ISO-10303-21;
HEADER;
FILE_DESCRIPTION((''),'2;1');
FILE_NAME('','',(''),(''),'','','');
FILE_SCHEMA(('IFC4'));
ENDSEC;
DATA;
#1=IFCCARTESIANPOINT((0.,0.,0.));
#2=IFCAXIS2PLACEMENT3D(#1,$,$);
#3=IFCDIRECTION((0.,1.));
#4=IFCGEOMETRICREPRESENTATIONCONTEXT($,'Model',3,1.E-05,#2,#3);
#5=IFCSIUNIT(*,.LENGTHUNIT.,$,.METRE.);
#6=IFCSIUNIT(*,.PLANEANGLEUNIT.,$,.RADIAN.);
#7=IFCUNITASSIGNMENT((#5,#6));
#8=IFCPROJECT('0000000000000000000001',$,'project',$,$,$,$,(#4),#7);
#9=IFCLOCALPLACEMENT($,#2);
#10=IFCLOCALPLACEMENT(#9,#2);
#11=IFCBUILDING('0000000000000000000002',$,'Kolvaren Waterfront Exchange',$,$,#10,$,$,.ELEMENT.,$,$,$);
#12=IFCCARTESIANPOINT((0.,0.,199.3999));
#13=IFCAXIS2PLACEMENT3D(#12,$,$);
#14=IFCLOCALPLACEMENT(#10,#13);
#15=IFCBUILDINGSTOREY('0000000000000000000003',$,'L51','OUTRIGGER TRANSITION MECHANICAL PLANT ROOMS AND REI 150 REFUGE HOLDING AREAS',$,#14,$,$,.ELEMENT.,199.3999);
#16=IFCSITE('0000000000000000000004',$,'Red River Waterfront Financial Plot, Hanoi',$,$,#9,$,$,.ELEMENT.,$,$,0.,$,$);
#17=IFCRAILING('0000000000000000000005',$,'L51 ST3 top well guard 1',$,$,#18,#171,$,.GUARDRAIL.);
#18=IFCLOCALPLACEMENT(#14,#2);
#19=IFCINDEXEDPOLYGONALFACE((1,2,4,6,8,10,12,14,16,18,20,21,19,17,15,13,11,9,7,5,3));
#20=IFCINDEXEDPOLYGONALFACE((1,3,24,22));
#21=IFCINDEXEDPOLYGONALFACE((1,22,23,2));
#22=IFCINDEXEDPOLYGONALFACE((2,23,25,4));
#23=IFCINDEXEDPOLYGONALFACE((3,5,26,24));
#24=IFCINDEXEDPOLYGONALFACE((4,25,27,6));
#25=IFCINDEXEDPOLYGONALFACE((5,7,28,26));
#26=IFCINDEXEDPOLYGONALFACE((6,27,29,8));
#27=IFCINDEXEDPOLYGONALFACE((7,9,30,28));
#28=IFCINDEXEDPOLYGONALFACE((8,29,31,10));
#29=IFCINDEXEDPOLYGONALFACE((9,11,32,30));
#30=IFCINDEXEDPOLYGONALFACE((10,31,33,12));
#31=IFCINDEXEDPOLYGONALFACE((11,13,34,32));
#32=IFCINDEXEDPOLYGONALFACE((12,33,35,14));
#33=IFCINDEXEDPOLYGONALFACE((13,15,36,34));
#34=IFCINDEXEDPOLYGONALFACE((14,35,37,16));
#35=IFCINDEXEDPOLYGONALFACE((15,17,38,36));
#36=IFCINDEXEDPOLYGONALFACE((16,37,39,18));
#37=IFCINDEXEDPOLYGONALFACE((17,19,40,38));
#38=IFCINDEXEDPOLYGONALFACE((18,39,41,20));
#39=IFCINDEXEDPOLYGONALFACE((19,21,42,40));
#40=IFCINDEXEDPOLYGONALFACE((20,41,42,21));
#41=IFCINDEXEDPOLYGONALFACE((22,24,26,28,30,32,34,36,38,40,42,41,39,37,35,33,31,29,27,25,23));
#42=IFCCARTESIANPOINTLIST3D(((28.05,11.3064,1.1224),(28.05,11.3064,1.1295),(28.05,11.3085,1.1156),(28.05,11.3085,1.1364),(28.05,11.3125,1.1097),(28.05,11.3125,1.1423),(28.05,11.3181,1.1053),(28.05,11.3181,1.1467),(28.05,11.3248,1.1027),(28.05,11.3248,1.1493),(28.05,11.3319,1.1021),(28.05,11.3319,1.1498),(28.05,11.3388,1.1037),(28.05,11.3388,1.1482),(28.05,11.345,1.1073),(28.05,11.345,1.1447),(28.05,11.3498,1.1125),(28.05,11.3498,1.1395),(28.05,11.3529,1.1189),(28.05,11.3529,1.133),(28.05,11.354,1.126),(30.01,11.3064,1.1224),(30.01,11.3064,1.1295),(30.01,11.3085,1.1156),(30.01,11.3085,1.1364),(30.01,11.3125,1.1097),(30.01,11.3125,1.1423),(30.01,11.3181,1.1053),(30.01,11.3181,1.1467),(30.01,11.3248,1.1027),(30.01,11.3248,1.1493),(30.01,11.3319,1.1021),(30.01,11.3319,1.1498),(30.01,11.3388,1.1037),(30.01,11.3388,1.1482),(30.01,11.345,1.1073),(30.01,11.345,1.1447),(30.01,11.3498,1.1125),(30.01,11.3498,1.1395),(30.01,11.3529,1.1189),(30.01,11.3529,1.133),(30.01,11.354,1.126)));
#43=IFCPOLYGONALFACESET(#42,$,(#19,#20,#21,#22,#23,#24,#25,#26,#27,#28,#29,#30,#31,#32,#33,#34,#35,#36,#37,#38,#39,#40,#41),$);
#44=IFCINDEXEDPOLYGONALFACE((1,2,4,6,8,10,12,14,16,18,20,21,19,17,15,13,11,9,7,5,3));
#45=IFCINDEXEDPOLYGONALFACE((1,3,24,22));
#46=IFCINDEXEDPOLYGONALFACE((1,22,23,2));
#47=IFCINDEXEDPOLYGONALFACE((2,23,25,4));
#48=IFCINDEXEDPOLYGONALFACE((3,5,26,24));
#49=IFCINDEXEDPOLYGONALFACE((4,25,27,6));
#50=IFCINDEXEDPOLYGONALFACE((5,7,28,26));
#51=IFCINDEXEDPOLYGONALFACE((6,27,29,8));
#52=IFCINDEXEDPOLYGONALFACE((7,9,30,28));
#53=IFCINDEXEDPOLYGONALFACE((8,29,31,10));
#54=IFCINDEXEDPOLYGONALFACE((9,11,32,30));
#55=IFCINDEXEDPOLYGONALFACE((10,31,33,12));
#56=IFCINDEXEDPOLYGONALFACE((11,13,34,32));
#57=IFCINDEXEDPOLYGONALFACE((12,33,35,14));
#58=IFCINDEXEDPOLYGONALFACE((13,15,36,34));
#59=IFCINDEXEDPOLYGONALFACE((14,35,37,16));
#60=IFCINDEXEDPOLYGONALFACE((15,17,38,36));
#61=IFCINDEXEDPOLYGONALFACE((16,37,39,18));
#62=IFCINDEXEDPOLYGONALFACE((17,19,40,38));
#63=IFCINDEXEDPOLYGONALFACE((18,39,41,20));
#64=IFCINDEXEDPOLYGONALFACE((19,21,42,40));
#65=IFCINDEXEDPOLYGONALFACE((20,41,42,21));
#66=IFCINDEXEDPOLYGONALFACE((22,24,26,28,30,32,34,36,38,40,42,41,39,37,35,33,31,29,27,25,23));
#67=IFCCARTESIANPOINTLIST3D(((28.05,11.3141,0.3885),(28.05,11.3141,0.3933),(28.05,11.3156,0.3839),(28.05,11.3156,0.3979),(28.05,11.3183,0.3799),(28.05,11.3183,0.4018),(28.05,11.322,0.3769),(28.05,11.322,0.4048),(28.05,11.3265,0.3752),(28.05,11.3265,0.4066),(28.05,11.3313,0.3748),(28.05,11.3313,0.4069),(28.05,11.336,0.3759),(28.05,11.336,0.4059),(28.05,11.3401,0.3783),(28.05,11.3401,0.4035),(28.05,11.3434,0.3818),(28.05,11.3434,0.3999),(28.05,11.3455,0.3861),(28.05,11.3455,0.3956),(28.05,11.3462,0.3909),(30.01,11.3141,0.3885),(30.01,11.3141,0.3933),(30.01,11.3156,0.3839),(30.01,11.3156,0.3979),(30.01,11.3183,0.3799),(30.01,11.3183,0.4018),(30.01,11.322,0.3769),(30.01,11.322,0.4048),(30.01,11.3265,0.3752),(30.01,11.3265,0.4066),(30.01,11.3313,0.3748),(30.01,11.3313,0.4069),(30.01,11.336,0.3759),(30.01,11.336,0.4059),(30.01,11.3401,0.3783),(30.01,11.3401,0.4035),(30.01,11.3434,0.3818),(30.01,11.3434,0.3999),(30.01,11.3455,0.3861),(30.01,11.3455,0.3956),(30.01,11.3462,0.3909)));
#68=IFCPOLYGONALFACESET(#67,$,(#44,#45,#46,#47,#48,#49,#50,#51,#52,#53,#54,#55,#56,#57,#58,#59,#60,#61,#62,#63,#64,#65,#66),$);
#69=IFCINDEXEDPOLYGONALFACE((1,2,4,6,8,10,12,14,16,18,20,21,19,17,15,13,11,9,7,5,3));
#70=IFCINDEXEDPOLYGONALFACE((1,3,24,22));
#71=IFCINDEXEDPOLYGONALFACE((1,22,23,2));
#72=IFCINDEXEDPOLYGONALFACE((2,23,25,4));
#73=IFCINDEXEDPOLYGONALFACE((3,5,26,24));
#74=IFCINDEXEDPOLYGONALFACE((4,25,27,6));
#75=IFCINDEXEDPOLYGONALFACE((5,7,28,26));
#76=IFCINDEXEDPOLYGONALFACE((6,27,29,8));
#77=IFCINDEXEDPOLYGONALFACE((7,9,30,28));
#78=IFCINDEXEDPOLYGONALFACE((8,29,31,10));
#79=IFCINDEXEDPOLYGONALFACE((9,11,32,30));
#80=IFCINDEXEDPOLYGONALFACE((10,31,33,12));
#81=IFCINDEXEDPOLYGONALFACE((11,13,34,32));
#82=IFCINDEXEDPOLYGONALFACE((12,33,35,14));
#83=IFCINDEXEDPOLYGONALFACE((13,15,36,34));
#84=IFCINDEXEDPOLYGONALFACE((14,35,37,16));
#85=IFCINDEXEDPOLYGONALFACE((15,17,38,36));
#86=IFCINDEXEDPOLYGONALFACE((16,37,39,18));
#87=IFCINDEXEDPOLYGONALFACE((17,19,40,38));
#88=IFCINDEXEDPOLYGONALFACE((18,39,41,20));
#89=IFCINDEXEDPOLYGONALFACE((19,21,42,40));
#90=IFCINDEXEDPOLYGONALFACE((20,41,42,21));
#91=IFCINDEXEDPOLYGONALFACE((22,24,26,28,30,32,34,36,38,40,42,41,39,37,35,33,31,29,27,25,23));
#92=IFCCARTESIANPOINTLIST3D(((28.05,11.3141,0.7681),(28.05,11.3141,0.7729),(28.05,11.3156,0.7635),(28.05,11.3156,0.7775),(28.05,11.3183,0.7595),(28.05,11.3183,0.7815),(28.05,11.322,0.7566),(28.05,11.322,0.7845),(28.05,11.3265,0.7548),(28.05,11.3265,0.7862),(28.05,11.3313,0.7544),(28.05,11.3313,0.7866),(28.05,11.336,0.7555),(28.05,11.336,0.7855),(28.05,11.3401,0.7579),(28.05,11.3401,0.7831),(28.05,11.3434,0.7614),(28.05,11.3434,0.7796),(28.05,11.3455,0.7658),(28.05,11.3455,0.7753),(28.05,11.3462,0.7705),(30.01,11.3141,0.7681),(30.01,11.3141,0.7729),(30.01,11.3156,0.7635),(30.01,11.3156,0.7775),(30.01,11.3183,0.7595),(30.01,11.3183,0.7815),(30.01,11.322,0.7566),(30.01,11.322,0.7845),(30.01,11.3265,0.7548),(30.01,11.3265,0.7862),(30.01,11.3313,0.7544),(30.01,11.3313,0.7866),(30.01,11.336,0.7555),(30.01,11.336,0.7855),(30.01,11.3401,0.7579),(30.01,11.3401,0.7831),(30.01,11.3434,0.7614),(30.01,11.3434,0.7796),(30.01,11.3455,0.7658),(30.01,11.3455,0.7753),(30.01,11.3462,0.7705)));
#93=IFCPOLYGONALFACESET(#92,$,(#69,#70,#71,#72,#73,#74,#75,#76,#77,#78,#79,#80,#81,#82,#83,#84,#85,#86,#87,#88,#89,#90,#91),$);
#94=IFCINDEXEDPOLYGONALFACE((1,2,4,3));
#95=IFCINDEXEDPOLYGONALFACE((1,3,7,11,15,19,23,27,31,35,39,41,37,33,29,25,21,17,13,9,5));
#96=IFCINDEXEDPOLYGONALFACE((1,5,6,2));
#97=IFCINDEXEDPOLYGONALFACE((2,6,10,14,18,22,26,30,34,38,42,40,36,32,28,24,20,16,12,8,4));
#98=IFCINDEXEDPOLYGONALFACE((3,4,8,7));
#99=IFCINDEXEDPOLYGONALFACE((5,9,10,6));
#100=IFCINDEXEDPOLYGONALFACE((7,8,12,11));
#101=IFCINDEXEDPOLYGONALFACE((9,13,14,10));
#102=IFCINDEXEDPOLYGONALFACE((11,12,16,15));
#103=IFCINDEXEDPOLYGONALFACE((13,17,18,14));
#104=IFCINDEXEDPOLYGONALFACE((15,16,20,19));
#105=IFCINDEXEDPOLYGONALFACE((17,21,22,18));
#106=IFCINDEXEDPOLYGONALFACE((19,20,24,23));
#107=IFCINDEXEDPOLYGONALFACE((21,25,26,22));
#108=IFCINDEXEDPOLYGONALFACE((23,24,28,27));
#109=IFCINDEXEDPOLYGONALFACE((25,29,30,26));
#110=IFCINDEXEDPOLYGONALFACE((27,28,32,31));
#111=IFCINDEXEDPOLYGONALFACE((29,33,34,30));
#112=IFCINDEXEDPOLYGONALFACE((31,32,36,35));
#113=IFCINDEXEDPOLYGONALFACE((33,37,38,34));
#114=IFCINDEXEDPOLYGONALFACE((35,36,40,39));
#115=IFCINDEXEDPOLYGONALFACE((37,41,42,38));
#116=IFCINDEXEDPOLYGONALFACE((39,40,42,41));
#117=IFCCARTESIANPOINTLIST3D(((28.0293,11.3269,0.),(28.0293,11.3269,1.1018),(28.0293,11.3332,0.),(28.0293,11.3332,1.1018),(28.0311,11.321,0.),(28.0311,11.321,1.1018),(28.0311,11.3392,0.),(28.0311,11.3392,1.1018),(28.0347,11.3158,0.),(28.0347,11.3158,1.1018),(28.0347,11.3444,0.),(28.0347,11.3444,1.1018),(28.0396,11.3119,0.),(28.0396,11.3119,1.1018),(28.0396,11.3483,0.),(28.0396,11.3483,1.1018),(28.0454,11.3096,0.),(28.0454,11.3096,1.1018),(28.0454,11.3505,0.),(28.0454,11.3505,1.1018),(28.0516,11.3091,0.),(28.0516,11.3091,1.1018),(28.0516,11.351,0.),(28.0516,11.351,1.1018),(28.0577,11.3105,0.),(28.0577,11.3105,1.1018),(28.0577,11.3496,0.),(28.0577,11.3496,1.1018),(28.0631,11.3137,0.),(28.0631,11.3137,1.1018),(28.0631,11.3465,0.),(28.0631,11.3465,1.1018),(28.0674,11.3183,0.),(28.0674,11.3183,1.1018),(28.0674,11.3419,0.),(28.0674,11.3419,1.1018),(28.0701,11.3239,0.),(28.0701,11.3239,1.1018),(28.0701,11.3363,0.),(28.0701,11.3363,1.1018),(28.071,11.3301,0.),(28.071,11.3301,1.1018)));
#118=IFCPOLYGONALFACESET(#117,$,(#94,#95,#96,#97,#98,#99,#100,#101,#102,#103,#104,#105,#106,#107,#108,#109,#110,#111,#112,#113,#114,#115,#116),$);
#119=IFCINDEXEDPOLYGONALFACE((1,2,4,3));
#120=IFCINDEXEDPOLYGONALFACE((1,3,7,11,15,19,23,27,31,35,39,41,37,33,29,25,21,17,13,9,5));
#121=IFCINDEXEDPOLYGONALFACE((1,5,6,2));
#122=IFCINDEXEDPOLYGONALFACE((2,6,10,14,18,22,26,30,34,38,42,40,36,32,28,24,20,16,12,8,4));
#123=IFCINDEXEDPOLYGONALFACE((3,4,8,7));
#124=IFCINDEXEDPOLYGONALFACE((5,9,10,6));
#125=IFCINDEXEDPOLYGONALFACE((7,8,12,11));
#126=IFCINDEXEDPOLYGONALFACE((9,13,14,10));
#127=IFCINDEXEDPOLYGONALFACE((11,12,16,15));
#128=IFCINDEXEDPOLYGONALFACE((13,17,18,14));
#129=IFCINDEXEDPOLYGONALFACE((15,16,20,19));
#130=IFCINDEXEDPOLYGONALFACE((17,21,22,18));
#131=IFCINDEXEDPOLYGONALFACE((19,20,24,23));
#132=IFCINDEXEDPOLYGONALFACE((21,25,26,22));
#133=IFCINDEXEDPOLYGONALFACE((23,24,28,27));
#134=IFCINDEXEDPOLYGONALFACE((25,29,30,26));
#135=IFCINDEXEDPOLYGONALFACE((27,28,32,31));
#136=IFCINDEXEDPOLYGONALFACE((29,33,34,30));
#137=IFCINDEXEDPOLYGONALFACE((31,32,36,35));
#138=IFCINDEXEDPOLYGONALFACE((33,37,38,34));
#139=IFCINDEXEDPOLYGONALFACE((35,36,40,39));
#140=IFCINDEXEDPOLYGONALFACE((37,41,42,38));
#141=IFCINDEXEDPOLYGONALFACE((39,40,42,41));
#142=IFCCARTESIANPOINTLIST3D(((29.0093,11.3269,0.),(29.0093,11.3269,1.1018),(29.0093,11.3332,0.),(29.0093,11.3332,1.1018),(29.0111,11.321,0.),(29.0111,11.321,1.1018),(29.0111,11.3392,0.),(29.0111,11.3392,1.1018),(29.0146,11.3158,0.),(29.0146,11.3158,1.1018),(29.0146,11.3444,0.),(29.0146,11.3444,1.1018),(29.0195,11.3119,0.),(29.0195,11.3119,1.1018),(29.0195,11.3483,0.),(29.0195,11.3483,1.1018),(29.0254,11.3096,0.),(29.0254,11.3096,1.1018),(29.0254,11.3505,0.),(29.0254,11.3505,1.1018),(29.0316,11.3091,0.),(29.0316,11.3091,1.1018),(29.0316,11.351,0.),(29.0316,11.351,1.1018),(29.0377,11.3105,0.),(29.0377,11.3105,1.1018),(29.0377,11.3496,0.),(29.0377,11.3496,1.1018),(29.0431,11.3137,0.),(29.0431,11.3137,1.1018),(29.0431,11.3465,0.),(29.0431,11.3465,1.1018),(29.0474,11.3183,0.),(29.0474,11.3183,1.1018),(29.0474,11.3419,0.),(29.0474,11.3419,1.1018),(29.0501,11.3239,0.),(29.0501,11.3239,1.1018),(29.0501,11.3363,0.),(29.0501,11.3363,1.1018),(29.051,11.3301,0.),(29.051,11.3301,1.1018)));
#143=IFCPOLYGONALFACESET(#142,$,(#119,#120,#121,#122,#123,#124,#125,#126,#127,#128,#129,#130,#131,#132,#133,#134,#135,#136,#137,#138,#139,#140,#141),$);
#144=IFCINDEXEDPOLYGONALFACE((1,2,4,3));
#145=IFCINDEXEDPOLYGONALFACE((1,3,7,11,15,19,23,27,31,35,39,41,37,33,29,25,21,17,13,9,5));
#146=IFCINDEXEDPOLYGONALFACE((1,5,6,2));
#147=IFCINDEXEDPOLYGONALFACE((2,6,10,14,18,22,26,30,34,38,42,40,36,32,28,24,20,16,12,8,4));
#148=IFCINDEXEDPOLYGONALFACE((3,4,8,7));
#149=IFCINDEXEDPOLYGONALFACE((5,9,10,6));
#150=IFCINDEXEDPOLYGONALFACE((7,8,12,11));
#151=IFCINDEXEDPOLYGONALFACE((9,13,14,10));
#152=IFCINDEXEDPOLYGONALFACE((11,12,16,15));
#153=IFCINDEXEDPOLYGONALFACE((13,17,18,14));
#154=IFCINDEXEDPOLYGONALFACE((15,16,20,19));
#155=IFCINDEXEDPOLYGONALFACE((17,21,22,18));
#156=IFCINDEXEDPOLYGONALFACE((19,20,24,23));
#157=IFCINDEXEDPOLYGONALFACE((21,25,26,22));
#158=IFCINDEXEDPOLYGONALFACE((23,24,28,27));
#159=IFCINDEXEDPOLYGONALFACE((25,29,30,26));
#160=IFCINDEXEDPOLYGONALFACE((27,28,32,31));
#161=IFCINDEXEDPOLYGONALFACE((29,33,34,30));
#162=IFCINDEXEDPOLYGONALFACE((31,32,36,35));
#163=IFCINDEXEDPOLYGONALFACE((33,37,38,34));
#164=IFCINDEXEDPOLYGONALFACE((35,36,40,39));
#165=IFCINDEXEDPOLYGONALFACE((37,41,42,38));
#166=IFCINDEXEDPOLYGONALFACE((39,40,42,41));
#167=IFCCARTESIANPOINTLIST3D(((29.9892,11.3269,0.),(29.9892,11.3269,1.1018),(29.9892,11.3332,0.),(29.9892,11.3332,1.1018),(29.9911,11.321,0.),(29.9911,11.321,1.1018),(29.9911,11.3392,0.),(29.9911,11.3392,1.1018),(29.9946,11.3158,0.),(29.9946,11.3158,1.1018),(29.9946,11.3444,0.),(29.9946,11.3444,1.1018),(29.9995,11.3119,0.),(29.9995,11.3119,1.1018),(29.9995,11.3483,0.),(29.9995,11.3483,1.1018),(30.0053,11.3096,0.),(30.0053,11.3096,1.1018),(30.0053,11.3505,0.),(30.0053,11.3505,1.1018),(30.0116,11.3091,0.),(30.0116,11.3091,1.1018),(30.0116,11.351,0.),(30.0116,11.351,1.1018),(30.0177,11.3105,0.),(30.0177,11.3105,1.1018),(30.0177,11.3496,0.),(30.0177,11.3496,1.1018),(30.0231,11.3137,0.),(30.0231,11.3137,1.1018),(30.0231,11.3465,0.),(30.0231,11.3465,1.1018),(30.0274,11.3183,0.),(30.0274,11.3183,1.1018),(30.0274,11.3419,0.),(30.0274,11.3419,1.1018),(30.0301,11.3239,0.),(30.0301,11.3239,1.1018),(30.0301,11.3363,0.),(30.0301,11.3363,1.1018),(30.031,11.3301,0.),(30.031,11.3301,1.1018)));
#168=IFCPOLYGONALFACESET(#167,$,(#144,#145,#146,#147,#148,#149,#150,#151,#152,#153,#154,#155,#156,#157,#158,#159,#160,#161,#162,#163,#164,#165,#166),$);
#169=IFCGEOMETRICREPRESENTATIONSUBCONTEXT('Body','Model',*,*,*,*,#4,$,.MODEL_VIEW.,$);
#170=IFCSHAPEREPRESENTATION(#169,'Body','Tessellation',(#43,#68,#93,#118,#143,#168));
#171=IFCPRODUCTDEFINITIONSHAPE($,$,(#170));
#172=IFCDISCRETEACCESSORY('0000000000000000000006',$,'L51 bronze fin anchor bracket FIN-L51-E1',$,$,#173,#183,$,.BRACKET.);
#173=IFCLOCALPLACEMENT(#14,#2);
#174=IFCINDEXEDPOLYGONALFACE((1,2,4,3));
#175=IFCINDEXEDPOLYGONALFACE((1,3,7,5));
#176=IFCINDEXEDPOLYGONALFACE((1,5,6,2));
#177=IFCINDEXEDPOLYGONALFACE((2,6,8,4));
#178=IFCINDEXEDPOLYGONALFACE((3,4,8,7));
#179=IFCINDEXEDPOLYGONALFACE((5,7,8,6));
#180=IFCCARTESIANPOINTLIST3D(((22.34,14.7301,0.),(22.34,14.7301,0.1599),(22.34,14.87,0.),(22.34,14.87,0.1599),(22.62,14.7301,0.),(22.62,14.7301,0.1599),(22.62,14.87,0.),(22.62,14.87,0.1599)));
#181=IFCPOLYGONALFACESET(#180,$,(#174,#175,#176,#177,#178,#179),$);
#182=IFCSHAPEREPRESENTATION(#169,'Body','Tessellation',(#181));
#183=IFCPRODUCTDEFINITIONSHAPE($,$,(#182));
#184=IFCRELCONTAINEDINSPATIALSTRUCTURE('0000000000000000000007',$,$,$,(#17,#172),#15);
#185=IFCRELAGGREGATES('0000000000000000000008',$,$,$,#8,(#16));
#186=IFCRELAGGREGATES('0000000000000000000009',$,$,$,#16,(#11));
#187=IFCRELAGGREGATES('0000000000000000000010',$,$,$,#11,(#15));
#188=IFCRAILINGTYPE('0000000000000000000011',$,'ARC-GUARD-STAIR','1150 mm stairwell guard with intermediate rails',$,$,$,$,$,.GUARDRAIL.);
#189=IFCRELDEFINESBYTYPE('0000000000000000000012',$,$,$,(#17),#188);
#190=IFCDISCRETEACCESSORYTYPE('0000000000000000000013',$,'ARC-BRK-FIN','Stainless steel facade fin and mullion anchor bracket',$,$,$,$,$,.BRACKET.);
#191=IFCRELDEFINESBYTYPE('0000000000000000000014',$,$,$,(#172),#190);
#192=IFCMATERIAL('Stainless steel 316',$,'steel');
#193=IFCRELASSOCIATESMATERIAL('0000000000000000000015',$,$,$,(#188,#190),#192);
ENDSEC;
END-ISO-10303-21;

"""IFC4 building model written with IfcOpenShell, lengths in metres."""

from ifc_helpers import new_model, si_unit, direction, frame, origin, origin_with_axes, origin_2d, place, context, subcontext, project, spatial, rectangle, circle, extrude, source, transform, mapped, material, type_object, element, save


model = new_model("IFC4")

# Units and contexts
model_context = context("Model", 3, precision=1e-05, world=origin(), true_north=direction((0.0, 1.0)))
body_context = subcontext(model_context, "Body", "Model", "MODEL_VIEW")
ifc_project = project(units=[si_unit("LENGTHUNIT", "METRE"), si_unit("PLANEANGLEUNIT", "RADIAN")], contexts=[model_context])

# Site, building, storey
site_placement = place(None, origin())
site = spatial("IfcSite", under=ifc_project, at=site_placement, Name="Red River Waterfront Financial Plot, Hanoi", CompositionType="ELEMENT", RefElevation=0.0)
building_placement = place(site_placement, origin())
building = spatial("IfcBuilding", under=site, at=building_placement, Name="Kolvaren Waterfront Exchange", CompositionType="ELEMENT")
storey_placement = place(building_placement, frame((0.0, 0.0, 199.3999)))
storey = spatial("IfcBuildingStorey", under=building, at=storey_placement, Name="L51", Description="OUTRIGGER TRANSITION MECHANICAL PLANT ROOMS AND REI 150 REFUGE HOLDING AREAS", CompositionType="ELEMENT", Elevation=199.3999)

# Railing
ifc_material_1 = material(Name="Stainless steel 316", Category="steel")
railing_type_1 = type_object("IfcRailingType", Name="ARC-GUARD-STAIR", Description="1150 mm stairwell guard with intermediate rails", PredefinedType="GUARDRAIL", material=ifc_material_1)
railing_1_placement = place(storey_placement, frame((28.05, 11.3301, 0.0)))
element("IfcRailing", 1, at=railing_1_placement, inside=storey, type_object=railing_type_1, Name="L51 ST3 top well guard 1", PredefinedType="GUARDRAIL", context=body_context, shape_type="SweptSolid", body=[
    extrude(circle(Radius=0.0239, at=origin_2d()), frame((0.0, 0.0, 1.126), z_axis=(1.0, 0.0, 0.0), x_axis=(0.0, 1.0, 0.0)), (0.0, 0.0, 1.0), 1.96),
    extrude(circle(Radius=0.0161, at=origin_2d()), frame((0.0, 0.0, 0.3909), z_axis=(1.0, 0.0, 0.0), x_axis=(0.0, 1.0, 0.0)), (0.0, 0.0, 1.0), 1.96),
    extrude(circle(Radius=0.0161, at=origin_2d()), frame((0.0, 0.0, 0.7705), z_axis=(1.0, 0.0, 0.0), x_axis=(0.0, 1.0, 0.0)), (0.0, 0.0, 1.0), 1.96),
    extrude(circle(Radius=0.021, at=origin_2d()), origin(), (0.0, 0.0, 1.0), 1.1018),
    extrude(circle(Radius=0.021, at=origin_2d()), frame((0.98, 0.0, 0.0)), (0.0, 0.0, 1.0), 1.1018),
    extrude(circle(Radius=0.021, at=origin_2d()), frame((1.96, 0.0, 0.0)), (0.0, 0.0, 1.0), 1.1018),
])

# Discrete accessory
discrete_accessory_type = type_object("IfcDiscreteAccessoryType", Name="ARC-BRK-FIN", Description="Stainless steel facade fin and mullion anchor bracket", PredefinedType="BRACKET", material=ifc_material_1)
shared_shape_1 = source(origin_with_axes(), body_context, "Body", "SweptSolid", [
    extrude(rectangle(XDim=0.28, YDim=0.1399, at=origin_2d()), origin(), (0.0, 0.0, 1.0), 0.1599),
])
discrete_accessory_placement = place(storey_placement, frame((22.48, 14.8, 0.0), z_axis=(0.0, 0.0, 1.0), x_axis=(1.0, 0.0, 0.0)))
element("IfcDiscreteAccessory", 2, at=discrete_accessory_placement, inside=storey, type_object=discrete_accessory_type, Name="L51 bronze fin anchor bracket FIN-L51-E1", PredefinedType="BRACKET", context=body_context, shape_type="MappedRepresentation", body=[
    mapped(shared_shape_1, transform((0.0, 0.0, 0.0), x_axis=(1.0, 0.0, 0.0), y_axis=(0.0, 1.0, 0.0), z_axis=(0.0, 0.0, 1.0), scale=1.0)),
])

save(model, "model.ifc")
